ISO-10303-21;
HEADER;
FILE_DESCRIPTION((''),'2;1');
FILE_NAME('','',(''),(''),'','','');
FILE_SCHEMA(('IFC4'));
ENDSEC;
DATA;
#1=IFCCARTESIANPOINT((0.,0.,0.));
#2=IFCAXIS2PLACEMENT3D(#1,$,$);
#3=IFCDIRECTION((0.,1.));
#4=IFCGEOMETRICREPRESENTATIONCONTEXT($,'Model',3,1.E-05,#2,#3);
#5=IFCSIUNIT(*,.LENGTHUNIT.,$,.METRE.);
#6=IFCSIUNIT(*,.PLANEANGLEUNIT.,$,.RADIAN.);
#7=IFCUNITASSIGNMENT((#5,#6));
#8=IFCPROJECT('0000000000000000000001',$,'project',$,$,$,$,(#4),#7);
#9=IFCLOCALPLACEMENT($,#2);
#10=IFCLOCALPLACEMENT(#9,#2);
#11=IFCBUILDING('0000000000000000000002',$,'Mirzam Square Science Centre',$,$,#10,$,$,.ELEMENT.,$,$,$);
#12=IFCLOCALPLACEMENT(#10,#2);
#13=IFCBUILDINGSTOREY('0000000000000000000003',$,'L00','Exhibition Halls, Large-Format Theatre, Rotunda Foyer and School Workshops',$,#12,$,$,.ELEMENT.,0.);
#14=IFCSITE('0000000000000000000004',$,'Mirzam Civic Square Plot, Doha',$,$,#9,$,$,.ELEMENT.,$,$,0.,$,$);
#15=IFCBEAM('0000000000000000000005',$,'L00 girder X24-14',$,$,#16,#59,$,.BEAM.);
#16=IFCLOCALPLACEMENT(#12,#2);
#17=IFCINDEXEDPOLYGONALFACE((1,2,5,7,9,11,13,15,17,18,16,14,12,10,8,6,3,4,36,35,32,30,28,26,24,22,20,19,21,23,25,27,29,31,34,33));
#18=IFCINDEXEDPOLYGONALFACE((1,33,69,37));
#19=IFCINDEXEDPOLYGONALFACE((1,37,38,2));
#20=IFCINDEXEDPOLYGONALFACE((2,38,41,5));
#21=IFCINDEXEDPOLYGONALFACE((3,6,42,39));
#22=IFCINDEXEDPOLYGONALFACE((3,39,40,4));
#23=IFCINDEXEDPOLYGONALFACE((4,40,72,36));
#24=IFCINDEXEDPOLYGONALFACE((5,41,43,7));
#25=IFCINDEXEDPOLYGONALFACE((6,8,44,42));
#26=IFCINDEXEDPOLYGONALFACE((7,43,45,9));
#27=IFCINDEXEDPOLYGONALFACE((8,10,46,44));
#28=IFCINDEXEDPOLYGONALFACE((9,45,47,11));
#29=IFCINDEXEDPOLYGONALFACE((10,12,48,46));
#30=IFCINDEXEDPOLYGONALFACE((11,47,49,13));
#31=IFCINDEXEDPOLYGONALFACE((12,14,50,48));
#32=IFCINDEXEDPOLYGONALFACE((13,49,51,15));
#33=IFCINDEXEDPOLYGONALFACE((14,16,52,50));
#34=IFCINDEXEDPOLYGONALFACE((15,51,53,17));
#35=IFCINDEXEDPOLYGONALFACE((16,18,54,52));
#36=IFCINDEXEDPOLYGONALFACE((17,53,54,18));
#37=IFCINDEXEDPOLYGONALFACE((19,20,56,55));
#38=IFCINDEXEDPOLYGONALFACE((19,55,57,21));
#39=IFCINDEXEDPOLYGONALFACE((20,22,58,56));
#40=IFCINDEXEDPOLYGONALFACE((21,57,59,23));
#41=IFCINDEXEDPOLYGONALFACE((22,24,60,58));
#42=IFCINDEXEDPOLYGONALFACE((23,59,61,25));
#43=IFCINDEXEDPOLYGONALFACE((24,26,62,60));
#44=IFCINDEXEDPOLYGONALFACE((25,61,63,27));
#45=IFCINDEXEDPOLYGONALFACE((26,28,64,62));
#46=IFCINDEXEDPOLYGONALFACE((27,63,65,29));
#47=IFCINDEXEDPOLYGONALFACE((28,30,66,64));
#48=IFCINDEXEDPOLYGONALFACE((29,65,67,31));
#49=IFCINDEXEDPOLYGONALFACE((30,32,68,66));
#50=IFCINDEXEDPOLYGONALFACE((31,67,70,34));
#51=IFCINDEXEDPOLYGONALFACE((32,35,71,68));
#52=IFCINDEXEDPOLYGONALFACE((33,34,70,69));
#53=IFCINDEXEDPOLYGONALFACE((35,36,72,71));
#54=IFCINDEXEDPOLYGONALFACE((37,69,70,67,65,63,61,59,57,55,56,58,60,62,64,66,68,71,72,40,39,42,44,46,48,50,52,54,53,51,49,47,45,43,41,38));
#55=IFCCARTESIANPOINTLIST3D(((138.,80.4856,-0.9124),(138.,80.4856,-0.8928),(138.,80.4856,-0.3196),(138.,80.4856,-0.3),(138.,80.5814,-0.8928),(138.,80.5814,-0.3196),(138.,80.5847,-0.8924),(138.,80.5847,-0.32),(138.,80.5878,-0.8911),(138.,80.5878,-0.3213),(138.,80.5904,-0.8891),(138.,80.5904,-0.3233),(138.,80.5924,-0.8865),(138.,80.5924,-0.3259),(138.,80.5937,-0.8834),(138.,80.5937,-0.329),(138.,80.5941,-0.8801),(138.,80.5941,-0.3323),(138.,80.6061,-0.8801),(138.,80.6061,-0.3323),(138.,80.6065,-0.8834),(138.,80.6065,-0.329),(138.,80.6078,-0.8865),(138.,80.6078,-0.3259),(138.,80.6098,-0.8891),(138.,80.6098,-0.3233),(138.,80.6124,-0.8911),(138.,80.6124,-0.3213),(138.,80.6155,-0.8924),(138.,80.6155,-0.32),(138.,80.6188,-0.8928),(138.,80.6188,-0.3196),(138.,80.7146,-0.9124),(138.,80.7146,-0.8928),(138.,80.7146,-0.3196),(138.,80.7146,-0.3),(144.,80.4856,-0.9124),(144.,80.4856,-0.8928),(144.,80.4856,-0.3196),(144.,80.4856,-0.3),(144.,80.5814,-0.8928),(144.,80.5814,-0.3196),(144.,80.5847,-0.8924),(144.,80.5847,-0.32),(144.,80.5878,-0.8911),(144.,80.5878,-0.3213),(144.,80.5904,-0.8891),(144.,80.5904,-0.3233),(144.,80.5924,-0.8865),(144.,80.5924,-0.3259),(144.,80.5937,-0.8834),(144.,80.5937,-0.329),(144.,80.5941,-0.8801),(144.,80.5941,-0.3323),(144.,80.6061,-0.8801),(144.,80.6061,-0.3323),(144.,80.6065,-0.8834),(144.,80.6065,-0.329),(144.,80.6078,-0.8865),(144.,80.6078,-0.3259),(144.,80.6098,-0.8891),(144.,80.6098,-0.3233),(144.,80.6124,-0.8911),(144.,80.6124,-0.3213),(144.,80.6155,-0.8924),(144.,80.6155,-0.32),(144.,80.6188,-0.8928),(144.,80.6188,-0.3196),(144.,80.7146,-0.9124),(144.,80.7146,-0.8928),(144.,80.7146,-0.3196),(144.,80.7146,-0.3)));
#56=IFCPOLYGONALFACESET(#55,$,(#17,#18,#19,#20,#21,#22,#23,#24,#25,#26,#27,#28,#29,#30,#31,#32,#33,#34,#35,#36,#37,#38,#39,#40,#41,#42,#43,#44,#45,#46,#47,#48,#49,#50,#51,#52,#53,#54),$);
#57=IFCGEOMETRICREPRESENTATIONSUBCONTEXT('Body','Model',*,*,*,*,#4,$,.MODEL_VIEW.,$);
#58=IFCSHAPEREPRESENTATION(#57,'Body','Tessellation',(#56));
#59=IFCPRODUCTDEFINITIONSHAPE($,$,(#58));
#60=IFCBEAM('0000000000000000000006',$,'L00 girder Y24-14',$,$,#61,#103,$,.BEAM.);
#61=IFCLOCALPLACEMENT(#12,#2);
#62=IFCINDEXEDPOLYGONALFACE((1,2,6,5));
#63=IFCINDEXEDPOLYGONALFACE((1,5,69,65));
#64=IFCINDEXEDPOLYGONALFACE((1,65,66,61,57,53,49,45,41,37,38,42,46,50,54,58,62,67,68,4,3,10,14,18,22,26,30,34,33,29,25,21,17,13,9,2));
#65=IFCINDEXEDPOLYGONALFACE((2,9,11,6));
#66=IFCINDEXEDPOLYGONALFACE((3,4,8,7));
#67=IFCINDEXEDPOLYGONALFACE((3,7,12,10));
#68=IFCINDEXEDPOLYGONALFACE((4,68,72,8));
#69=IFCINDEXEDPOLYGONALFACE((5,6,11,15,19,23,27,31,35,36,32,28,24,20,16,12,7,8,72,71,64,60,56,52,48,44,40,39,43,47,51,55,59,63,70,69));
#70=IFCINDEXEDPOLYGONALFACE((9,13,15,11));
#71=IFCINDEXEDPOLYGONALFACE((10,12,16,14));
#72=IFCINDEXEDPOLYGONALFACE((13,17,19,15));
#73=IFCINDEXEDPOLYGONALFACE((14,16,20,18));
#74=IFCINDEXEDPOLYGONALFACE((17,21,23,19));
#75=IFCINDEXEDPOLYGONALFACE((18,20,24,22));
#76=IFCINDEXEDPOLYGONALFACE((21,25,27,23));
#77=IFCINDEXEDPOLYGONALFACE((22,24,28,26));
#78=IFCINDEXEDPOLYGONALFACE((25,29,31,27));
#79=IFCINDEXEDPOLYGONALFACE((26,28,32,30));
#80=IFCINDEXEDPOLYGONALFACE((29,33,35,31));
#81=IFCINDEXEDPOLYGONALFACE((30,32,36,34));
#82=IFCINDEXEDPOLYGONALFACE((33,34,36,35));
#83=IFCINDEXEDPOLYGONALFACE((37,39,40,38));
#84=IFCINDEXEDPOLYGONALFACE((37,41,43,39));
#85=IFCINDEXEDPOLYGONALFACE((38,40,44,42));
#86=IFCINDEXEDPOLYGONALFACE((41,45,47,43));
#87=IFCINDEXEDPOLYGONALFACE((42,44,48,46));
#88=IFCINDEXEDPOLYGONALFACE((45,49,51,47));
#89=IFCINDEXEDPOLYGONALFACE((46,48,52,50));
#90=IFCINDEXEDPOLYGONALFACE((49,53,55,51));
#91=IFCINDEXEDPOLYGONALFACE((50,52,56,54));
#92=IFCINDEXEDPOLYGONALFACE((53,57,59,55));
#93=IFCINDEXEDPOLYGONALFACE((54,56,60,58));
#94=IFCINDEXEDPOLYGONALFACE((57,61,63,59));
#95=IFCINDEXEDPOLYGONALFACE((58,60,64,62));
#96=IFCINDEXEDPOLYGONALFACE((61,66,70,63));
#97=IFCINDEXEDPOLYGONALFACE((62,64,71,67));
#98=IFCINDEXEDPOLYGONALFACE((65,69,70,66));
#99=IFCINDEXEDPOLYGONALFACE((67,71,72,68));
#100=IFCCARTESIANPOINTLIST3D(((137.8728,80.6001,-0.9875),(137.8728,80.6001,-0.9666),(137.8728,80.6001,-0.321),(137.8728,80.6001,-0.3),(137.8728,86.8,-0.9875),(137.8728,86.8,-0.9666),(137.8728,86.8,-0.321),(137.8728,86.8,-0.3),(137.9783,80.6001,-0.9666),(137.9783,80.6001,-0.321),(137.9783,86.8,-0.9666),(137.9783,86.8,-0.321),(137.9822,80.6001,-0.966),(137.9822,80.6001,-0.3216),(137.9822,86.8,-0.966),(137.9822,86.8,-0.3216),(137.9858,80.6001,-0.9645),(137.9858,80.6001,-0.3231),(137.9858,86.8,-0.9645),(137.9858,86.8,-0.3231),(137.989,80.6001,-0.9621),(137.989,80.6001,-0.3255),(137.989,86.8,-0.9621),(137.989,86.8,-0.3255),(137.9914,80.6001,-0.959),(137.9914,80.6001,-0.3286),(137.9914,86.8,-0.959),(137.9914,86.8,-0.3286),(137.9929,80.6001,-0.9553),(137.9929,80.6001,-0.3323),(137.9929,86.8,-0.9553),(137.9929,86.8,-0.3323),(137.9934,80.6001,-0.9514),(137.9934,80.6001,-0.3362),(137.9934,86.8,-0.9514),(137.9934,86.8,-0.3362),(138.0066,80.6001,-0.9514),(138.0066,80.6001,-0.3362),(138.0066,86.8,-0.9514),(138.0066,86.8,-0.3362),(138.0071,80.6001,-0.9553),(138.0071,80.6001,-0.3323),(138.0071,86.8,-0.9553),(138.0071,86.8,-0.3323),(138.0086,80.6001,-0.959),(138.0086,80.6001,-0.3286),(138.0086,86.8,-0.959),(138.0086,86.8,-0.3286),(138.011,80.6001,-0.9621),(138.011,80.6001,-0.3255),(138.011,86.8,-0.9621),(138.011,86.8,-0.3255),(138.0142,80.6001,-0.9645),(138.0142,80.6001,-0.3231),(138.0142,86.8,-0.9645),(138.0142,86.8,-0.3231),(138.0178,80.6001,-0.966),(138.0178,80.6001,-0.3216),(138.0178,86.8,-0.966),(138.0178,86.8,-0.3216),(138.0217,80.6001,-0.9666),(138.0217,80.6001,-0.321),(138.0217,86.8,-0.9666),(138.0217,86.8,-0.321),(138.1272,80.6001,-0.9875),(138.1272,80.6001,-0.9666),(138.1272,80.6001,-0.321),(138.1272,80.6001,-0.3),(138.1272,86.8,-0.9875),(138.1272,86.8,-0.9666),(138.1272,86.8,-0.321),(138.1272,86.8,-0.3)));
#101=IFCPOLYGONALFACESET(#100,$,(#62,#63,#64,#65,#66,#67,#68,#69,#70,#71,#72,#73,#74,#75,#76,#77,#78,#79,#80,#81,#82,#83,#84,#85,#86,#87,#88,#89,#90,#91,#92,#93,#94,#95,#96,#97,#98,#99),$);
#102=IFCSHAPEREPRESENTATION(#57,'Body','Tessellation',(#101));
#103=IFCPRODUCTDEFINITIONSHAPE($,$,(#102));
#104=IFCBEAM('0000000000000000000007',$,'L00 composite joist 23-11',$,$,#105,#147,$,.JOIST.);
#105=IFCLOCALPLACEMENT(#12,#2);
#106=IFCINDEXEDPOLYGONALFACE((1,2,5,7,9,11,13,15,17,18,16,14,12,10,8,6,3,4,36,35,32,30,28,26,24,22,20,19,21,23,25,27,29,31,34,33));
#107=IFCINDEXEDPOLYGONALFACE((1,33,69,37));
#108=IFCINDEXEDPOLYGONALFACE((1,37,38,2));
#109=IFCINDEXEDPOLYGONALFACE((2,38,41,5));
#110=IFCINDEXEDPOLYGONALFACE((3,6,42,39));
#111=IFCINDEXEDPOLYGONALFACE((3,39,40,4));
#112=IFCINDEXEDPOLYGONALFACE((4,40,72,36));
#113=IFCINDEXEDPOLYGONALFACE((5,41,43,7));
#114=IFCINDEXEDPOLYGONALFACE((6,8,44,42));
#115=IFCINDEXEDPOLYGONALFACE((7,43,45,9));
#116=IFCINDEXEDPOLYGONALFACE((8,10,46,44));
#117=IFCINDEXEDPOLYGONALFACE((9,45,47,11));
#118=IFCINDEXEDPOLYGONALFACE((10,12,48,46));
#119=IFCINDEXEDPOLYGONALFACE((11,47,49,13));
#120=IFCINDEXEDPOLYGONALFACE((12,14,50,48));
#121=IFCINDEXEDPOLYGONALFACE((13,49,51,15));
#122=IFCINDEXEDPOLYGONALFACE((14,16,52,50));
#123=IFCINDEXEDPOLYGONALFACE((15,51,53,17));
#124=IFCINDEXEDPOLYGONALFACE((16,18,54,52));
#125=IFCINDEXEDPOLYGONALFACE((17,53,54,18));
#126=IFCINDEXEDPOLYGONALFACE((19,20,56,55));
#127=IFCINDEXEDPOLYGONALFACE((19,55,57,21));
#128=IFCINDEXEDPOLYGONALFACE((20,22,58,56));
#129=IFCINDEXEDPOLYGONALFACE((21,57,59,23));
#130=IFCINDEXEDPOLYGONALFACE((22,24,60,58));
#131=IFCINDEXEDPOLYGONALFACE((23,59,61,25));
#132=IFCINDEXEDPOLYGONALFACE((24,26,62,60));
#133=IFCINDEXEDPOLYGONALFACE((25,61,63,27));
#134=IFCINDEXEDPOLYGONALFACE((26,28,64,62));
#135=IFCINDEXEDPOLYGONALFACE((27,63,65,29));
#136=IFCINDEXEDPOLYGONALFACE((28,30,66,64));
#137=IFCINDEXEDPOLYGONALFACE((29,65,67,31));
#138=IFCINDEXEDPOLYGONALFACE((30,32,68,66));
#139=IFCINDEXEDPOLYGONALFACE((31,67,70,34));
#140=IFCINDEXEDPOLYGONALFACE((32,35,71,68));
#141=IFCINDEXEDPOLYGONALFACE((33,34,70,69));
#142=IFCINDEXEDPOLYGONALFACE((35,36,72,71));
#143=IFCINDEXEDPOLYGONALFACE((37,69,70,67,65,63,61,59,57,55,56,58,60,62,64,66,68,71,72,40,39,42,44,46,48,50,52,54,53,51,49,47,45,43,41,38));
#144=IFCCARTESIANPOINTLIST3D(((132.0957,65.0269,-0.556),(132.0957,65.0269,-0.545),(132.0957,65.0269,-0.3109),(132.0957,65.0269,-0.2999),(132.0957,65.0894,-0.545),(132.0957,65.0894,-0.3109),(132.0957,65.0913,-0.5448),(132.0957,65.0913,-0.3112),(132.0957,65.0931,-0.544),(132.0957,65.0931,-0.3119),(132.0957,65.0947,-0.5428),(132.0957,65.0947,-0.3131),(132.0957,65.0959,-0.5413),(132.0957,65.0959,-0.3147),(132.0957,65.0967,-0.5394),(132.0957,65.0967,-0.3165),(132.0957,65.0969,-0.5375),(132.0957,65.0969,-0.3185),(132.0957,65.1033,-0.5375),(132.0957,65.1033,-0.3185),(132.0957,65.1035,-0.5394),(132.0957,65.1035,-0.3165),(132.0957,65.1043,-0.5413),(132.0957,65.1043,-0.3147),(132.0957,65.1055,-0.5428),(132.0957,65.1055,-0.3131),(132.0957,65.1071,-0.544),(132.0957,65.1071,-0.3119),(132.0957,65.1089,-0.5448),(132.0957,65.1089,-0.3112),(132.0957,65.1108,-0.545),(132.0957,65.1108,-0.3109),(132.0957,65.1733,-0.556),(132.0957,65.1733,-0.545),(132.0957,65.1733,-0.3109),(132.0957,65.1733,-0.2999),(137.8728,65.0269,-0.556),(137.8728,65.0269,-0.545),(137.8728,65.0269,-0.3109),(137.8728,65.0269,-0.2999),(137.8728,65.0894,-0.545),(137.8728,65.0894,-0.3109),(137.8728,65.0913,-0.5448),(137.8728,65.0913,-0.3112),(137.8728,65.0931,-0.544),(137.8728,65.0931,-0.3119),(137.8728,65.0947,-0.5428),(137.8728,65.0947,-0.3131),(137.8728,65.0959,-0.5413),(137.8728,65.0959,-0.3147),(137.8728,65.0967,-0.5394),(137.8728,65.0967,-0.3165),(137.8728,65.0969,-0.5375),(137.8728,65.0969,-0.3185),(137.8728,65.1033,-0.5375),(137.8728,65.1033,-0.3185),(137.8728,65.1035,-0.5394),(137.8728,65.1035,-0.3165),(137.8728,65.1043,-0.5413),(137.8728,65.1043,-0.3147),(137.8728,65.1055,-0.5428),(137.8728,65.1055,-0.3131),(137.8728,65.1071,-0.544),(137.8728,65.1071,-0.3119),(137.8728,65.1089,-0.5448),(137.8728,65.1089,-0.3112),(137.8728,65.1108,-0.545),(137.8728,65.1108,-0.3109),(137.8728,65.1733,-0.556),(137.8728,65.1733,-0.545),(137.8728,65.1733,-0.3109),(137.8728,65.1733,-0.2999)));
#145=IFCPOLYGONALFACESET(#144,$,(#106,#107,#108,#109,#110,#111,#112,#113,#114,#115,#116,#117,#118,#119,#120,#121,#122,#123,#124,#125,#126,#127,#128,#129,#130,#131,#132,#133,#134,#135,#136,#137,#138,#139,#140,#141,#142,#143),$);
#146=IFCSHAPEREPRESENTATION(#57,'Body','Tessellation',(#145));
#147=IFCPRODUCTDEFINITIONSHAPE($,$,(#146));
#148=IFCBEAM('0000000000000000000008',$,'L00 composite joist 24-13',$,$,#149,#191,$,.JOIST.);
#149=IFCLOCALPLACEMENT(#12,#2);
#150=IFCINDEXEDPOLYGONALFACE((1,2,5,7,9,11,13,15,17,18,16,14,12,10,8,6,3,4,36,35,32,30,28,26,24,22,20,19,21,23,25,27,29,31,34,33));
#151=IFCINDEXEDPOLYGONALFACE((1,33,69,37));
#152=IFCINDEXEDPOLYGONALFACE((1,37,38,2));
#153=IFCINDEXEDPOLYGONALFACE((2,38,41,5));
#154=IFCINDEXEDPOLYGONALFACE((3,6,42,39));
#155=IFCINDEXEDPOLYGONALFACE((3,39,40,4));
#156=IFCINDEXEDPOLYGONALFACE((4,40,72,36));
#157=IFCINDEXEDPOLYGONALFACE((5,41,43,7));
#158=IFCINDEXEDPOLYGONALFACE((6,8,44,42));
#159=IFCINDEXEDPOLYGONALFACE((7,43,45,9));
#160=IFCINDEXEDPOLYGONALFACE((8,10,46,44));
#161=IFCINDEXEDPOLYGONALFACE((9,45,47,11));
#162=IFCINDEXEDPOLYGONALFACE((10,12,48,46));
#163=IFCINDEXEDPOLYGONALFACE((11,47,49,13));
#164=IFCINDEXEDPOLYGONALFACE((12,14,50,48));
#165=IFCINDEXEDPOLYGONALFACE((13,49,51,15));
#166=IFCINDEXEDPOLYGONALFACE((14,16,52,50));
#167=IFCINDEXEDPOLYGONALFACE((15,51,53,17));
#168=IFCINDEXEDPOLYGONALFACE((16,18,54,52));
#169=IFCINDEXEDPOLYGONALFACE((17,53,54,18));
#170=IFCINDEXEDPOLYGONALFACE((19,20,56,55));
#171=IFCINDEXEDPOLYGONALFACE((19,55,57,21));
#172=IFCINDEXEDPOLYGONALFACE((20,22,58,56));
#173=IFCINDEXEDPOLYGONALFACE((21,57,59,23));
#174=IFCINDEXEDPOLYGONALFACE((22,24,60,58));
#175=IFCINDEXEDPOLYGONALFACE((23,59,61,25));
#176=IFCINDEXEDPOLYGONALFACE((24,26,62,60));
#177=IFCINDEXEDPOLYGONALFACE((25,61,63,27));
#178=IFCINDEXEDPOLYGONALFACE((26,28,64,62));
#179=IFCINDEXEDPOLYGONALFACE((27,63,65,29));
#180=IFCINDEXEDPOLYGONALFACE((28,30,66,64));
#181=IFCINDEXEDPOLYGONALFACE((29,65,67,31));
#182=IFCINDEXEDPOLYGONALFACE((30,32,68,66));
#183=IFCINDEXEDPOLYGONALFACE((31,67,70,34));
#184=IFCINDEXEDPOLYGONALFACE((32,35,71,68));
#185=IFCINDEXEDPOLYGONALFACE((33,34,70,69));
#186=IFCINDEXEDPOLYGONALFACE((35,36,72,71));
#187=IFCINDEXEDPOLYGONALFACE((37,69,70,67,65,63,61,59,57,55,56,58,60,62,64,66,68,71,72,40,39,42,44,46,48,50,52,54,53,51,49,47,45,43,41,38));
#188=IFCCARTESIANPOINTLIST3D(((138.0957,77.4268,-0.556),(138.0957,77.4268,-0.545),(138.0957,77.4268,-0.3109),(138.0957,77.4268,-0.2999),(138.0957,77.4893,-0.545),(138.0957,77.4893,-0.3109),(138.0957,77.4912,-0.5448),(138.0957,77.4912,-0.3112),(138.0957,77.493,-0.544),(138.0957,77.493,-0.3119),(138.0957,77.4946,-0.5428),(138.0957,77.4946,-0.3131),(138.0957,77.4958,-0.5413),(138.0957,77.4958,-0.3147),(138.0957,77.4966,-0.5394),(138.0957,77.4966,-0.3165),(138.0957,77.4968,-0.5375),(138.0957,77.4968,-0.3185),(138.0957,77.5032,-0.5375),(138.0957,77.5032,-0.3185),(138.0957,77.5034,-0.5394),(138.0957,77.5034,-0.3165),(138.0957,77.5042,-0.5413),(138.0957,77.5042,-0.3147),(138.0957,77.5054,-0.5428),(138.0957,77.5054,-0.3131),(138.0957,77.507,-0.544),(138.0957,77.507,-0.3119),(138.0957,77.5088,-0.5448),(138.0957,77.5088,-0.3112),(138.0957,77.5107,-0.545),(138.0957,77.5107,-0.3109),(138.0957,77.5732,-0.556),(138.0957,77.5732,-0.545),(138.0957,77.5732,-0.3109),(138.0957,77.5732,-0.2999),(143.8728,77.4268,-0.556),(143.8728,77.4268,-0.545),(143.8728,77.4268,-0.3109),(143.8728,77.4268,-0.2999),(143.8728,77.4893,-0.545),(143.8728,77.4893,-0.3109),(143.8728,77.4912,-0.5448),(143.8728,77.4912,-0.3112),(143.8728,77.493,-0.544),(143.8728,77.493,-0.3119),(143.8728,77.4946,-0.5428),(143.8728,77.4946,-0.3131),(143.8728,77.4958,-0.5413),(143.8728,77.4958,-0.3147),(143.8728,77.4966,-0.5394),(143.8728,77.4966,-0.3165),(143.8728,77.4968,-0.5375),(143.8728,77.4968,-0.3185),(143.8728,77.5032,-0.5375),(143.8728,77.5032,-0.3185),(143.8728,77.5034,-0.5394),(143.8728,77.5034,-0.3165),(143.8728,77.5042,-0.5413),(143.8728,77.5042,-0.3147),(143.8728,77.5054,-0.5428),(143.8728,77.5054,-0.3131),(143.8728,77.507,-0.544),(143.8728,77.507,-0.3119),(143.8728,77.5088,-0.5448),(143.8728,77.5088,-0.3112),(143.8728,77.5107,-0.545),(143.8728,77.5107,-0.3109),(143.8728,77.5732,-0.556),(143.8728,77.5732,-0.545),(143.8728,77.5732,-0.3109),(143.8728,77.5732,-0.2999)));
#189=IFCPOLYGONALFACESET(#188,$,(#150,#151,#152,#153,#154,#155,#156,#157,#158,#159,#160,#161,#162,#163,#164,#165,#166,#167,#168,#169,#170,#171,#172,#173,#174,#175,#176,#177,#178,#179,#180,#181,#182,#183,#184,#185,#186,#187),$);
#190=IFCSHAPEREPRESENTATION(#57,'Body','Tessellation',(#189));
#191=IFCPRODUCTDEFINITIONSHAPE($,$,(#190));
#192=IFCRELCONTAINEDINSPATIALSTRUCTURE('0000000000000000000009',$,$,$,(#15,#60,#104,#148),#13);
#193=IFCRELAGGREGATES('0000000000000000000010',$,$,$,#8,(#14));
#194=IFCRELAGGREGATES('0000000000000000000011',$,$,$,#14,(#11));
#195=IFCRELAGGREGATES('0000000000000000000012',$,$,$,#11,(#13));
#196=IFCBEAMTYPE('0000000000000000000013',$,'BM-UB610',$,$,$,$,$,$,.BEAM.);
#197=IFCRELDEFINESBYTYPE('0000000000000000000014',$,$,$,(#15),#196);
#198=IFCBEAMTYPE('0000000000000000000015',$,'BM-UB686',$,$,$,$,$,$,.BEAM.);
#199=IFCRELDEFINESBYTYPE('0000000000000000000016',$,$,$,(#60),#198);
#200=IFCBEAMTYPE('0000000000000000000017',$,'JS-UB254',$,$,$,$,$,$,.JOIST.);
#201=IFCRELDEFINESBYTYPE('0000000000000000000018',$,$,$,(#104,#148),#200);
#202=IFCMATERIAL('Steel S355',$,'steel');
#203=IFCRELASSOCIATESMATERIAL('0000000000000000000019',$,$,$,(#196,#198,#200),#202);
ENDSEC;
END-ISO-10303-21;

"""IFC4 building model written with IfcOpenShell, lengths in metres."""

from ifc_helpers import new_model, si_unit, direction, frame, origin, origin_2d, place, context, subcontext, project, spatial, i_section, extrude, material, material_profile, profile_set, type_object, element, save


model = new_model("IFC4")

# Units and contexts
model_context = context("Model", 3, precision=1e-05, world=origin(), true_north=direction((0.0, 1.0)))
body_context = subcontext(model_context, "Body", "Model", "MODEL_VIEW")
ifc_project = project(units=[si_unit("LENGTHUNIT", "METRE"), si_unit("PLANEANGLEUNIT", "RADIAN")], contexts=[model_context])

# Site, building, storey
site_placement = place(None, origin())
site = spatial("IfcSite", under=ifc_project, at=site_placement, Name="Mirzam Civic Square Plot, Doha", CompositionType="ELEMENT", RefElevation=0.0)
building_placement = place(site_placement, origin())
building = spatial("IfcBuilding", under=site, at=building_placement, Name="Mirzam Square Science Centre", CompositionType="ELEMENT")
storey_placement = place(building_placement, origin())
storey = spatial("IfcBuildingStorey", under=building, at=storey_placement, Name="L00", Description="Exhibition Halls, Large-Format Theatre, Rotunda Foyer and School Workshops", CompositionType="ELEMENT", Elevation=0.0)

# Shared definitions
ifc_material_1 = material(Name="Steel S355", Category="steel")

# Beams
ifc_material_profile_1 = material_profile(ifc_material_1, i_section(OverallWidth=0.229, OverallDepth=0.6123, WebThickness=0.012, FlangeThickness=0.0195, FilletRadius=0.0127, at=origin_2d()), Name="610x229x125UB")
ifc_profile_set_1 = profile_set([ifc_material_profile_1], Name="Steel S355")
beam_type_1 = type_object("IfcBeamType", Name="BM-UB610", PredefinedType="BEAM", material=ifc_profile_set_1)
beam_1_placement = place(storey_placement, frame((138.0, 80.6001, -0.6062), z_axis=(1.0, 0.0, 0.0), x_axis=(0.0, 1.0, 0.0)))
element("IfcBeam", 1, at=beam_1_placement, inside=storey, type_object=beam_type_1, Name="L00 girder X24-14", PredefinedType="BEAM", context=body_context, shape_type="SweptSolid", body=[
    extrude(i_section(OverallWidth=0.229, OverallDepth=0.6123, WebThickness=0.012, FlangeThickness=0.0195, FilletRadius=0.0127, at=origin_2d()), origin(), (0.0, 0.0, 1.0), 6.0),
])
ifc_material_profile_2 = material_profile(ifc_material_1, i_section(OverallWidth=0.2544, OverallDepth=0.6875, WebThickness=0.0132, FlangeThickness=0.021, FilletRadius=0.0151, at=origin_2d()), Name="686x254x152UB")
ifc_profile_set_2 = profile_set([ifc_material_profile_2], Name="Steel S355")
beam_type_2 = type_object("IfcBeamType", Name="BM-UB686", PredefinedType="BEAM", material=ifc_profile_set_2)
beam_2_placement = place(storey_placement, frame((138.0, 80.6001, -0.6438), z_axis=(0.0, 1.0, 0.0), x_axis=(-1.0, 0.0, 0.0)))
element("IfcBeam", 2, at=beam_2_placement, inside=storey, type_object=beam_type_2, Name="L00 girder Y24-14", PredefinedType="BEAM", context=body_context, shape_type="SweptSolid", body=[
    extrude(i_section(OverallWidth=0.2544, OverallDepth=0.6875, WebThickness=0.0132, FlangeThickness=0.021, FilletRadius=0.0151, at=origin_2d()), origin(), (0.0, 0.0, 1.0), 6.2),
])
ifc_material_profile_3 = material_profile(ifc_material_1, i_section(OverallWidth=0.1465, OverallDepth=0.2561, WebThickness=0.0063, FlangeThickness=0.011, FilletRadius=0.0076, at=origin_2d()), Name="254x146x37UB")
ifc_profile_set_3 = profile_set([ifc_material_profile_3], Name="Steel S355")
beam_type_3 = type_object("IfcBeamType", Name="JS-UB254", PredefinedType="JOIST", material=ifc_profile_set_3)
for number, where, z_axis, x_axis, name in (
    (3, (132.0957, 65.1001, -0.428), (1.0, 0.0, 0.0), (0.0, 1.0, 0.0), "L00 composite joist 23-11"),
    (4, (138.0957, 77.5, -0.428), (1.0, 0.0, 0.0), (0.0, 1.0, 0.0), "L00 composite joist 24-13"),
):
    element("IfcBeam", number, at=place(storey_placement, frame(where, z_axis=z_axis, x_axis=x_axis)), inside=storey, type_object=beam_type_3, Name=name, PredefinedType="JOIST", context=body_context, shape_type="SweptSolid", body=[
        extrude(i_section(OverallWidth=0.1465, OverallDepth=0.2561, WebThickness=0.0063, FlangeThickness=0.011, FilletRadius=0.0076, at=origin_2d()), origin(), (0.0, 0.0, 1.0), 5.7771),
    ])

save(model, "model.ifc")
